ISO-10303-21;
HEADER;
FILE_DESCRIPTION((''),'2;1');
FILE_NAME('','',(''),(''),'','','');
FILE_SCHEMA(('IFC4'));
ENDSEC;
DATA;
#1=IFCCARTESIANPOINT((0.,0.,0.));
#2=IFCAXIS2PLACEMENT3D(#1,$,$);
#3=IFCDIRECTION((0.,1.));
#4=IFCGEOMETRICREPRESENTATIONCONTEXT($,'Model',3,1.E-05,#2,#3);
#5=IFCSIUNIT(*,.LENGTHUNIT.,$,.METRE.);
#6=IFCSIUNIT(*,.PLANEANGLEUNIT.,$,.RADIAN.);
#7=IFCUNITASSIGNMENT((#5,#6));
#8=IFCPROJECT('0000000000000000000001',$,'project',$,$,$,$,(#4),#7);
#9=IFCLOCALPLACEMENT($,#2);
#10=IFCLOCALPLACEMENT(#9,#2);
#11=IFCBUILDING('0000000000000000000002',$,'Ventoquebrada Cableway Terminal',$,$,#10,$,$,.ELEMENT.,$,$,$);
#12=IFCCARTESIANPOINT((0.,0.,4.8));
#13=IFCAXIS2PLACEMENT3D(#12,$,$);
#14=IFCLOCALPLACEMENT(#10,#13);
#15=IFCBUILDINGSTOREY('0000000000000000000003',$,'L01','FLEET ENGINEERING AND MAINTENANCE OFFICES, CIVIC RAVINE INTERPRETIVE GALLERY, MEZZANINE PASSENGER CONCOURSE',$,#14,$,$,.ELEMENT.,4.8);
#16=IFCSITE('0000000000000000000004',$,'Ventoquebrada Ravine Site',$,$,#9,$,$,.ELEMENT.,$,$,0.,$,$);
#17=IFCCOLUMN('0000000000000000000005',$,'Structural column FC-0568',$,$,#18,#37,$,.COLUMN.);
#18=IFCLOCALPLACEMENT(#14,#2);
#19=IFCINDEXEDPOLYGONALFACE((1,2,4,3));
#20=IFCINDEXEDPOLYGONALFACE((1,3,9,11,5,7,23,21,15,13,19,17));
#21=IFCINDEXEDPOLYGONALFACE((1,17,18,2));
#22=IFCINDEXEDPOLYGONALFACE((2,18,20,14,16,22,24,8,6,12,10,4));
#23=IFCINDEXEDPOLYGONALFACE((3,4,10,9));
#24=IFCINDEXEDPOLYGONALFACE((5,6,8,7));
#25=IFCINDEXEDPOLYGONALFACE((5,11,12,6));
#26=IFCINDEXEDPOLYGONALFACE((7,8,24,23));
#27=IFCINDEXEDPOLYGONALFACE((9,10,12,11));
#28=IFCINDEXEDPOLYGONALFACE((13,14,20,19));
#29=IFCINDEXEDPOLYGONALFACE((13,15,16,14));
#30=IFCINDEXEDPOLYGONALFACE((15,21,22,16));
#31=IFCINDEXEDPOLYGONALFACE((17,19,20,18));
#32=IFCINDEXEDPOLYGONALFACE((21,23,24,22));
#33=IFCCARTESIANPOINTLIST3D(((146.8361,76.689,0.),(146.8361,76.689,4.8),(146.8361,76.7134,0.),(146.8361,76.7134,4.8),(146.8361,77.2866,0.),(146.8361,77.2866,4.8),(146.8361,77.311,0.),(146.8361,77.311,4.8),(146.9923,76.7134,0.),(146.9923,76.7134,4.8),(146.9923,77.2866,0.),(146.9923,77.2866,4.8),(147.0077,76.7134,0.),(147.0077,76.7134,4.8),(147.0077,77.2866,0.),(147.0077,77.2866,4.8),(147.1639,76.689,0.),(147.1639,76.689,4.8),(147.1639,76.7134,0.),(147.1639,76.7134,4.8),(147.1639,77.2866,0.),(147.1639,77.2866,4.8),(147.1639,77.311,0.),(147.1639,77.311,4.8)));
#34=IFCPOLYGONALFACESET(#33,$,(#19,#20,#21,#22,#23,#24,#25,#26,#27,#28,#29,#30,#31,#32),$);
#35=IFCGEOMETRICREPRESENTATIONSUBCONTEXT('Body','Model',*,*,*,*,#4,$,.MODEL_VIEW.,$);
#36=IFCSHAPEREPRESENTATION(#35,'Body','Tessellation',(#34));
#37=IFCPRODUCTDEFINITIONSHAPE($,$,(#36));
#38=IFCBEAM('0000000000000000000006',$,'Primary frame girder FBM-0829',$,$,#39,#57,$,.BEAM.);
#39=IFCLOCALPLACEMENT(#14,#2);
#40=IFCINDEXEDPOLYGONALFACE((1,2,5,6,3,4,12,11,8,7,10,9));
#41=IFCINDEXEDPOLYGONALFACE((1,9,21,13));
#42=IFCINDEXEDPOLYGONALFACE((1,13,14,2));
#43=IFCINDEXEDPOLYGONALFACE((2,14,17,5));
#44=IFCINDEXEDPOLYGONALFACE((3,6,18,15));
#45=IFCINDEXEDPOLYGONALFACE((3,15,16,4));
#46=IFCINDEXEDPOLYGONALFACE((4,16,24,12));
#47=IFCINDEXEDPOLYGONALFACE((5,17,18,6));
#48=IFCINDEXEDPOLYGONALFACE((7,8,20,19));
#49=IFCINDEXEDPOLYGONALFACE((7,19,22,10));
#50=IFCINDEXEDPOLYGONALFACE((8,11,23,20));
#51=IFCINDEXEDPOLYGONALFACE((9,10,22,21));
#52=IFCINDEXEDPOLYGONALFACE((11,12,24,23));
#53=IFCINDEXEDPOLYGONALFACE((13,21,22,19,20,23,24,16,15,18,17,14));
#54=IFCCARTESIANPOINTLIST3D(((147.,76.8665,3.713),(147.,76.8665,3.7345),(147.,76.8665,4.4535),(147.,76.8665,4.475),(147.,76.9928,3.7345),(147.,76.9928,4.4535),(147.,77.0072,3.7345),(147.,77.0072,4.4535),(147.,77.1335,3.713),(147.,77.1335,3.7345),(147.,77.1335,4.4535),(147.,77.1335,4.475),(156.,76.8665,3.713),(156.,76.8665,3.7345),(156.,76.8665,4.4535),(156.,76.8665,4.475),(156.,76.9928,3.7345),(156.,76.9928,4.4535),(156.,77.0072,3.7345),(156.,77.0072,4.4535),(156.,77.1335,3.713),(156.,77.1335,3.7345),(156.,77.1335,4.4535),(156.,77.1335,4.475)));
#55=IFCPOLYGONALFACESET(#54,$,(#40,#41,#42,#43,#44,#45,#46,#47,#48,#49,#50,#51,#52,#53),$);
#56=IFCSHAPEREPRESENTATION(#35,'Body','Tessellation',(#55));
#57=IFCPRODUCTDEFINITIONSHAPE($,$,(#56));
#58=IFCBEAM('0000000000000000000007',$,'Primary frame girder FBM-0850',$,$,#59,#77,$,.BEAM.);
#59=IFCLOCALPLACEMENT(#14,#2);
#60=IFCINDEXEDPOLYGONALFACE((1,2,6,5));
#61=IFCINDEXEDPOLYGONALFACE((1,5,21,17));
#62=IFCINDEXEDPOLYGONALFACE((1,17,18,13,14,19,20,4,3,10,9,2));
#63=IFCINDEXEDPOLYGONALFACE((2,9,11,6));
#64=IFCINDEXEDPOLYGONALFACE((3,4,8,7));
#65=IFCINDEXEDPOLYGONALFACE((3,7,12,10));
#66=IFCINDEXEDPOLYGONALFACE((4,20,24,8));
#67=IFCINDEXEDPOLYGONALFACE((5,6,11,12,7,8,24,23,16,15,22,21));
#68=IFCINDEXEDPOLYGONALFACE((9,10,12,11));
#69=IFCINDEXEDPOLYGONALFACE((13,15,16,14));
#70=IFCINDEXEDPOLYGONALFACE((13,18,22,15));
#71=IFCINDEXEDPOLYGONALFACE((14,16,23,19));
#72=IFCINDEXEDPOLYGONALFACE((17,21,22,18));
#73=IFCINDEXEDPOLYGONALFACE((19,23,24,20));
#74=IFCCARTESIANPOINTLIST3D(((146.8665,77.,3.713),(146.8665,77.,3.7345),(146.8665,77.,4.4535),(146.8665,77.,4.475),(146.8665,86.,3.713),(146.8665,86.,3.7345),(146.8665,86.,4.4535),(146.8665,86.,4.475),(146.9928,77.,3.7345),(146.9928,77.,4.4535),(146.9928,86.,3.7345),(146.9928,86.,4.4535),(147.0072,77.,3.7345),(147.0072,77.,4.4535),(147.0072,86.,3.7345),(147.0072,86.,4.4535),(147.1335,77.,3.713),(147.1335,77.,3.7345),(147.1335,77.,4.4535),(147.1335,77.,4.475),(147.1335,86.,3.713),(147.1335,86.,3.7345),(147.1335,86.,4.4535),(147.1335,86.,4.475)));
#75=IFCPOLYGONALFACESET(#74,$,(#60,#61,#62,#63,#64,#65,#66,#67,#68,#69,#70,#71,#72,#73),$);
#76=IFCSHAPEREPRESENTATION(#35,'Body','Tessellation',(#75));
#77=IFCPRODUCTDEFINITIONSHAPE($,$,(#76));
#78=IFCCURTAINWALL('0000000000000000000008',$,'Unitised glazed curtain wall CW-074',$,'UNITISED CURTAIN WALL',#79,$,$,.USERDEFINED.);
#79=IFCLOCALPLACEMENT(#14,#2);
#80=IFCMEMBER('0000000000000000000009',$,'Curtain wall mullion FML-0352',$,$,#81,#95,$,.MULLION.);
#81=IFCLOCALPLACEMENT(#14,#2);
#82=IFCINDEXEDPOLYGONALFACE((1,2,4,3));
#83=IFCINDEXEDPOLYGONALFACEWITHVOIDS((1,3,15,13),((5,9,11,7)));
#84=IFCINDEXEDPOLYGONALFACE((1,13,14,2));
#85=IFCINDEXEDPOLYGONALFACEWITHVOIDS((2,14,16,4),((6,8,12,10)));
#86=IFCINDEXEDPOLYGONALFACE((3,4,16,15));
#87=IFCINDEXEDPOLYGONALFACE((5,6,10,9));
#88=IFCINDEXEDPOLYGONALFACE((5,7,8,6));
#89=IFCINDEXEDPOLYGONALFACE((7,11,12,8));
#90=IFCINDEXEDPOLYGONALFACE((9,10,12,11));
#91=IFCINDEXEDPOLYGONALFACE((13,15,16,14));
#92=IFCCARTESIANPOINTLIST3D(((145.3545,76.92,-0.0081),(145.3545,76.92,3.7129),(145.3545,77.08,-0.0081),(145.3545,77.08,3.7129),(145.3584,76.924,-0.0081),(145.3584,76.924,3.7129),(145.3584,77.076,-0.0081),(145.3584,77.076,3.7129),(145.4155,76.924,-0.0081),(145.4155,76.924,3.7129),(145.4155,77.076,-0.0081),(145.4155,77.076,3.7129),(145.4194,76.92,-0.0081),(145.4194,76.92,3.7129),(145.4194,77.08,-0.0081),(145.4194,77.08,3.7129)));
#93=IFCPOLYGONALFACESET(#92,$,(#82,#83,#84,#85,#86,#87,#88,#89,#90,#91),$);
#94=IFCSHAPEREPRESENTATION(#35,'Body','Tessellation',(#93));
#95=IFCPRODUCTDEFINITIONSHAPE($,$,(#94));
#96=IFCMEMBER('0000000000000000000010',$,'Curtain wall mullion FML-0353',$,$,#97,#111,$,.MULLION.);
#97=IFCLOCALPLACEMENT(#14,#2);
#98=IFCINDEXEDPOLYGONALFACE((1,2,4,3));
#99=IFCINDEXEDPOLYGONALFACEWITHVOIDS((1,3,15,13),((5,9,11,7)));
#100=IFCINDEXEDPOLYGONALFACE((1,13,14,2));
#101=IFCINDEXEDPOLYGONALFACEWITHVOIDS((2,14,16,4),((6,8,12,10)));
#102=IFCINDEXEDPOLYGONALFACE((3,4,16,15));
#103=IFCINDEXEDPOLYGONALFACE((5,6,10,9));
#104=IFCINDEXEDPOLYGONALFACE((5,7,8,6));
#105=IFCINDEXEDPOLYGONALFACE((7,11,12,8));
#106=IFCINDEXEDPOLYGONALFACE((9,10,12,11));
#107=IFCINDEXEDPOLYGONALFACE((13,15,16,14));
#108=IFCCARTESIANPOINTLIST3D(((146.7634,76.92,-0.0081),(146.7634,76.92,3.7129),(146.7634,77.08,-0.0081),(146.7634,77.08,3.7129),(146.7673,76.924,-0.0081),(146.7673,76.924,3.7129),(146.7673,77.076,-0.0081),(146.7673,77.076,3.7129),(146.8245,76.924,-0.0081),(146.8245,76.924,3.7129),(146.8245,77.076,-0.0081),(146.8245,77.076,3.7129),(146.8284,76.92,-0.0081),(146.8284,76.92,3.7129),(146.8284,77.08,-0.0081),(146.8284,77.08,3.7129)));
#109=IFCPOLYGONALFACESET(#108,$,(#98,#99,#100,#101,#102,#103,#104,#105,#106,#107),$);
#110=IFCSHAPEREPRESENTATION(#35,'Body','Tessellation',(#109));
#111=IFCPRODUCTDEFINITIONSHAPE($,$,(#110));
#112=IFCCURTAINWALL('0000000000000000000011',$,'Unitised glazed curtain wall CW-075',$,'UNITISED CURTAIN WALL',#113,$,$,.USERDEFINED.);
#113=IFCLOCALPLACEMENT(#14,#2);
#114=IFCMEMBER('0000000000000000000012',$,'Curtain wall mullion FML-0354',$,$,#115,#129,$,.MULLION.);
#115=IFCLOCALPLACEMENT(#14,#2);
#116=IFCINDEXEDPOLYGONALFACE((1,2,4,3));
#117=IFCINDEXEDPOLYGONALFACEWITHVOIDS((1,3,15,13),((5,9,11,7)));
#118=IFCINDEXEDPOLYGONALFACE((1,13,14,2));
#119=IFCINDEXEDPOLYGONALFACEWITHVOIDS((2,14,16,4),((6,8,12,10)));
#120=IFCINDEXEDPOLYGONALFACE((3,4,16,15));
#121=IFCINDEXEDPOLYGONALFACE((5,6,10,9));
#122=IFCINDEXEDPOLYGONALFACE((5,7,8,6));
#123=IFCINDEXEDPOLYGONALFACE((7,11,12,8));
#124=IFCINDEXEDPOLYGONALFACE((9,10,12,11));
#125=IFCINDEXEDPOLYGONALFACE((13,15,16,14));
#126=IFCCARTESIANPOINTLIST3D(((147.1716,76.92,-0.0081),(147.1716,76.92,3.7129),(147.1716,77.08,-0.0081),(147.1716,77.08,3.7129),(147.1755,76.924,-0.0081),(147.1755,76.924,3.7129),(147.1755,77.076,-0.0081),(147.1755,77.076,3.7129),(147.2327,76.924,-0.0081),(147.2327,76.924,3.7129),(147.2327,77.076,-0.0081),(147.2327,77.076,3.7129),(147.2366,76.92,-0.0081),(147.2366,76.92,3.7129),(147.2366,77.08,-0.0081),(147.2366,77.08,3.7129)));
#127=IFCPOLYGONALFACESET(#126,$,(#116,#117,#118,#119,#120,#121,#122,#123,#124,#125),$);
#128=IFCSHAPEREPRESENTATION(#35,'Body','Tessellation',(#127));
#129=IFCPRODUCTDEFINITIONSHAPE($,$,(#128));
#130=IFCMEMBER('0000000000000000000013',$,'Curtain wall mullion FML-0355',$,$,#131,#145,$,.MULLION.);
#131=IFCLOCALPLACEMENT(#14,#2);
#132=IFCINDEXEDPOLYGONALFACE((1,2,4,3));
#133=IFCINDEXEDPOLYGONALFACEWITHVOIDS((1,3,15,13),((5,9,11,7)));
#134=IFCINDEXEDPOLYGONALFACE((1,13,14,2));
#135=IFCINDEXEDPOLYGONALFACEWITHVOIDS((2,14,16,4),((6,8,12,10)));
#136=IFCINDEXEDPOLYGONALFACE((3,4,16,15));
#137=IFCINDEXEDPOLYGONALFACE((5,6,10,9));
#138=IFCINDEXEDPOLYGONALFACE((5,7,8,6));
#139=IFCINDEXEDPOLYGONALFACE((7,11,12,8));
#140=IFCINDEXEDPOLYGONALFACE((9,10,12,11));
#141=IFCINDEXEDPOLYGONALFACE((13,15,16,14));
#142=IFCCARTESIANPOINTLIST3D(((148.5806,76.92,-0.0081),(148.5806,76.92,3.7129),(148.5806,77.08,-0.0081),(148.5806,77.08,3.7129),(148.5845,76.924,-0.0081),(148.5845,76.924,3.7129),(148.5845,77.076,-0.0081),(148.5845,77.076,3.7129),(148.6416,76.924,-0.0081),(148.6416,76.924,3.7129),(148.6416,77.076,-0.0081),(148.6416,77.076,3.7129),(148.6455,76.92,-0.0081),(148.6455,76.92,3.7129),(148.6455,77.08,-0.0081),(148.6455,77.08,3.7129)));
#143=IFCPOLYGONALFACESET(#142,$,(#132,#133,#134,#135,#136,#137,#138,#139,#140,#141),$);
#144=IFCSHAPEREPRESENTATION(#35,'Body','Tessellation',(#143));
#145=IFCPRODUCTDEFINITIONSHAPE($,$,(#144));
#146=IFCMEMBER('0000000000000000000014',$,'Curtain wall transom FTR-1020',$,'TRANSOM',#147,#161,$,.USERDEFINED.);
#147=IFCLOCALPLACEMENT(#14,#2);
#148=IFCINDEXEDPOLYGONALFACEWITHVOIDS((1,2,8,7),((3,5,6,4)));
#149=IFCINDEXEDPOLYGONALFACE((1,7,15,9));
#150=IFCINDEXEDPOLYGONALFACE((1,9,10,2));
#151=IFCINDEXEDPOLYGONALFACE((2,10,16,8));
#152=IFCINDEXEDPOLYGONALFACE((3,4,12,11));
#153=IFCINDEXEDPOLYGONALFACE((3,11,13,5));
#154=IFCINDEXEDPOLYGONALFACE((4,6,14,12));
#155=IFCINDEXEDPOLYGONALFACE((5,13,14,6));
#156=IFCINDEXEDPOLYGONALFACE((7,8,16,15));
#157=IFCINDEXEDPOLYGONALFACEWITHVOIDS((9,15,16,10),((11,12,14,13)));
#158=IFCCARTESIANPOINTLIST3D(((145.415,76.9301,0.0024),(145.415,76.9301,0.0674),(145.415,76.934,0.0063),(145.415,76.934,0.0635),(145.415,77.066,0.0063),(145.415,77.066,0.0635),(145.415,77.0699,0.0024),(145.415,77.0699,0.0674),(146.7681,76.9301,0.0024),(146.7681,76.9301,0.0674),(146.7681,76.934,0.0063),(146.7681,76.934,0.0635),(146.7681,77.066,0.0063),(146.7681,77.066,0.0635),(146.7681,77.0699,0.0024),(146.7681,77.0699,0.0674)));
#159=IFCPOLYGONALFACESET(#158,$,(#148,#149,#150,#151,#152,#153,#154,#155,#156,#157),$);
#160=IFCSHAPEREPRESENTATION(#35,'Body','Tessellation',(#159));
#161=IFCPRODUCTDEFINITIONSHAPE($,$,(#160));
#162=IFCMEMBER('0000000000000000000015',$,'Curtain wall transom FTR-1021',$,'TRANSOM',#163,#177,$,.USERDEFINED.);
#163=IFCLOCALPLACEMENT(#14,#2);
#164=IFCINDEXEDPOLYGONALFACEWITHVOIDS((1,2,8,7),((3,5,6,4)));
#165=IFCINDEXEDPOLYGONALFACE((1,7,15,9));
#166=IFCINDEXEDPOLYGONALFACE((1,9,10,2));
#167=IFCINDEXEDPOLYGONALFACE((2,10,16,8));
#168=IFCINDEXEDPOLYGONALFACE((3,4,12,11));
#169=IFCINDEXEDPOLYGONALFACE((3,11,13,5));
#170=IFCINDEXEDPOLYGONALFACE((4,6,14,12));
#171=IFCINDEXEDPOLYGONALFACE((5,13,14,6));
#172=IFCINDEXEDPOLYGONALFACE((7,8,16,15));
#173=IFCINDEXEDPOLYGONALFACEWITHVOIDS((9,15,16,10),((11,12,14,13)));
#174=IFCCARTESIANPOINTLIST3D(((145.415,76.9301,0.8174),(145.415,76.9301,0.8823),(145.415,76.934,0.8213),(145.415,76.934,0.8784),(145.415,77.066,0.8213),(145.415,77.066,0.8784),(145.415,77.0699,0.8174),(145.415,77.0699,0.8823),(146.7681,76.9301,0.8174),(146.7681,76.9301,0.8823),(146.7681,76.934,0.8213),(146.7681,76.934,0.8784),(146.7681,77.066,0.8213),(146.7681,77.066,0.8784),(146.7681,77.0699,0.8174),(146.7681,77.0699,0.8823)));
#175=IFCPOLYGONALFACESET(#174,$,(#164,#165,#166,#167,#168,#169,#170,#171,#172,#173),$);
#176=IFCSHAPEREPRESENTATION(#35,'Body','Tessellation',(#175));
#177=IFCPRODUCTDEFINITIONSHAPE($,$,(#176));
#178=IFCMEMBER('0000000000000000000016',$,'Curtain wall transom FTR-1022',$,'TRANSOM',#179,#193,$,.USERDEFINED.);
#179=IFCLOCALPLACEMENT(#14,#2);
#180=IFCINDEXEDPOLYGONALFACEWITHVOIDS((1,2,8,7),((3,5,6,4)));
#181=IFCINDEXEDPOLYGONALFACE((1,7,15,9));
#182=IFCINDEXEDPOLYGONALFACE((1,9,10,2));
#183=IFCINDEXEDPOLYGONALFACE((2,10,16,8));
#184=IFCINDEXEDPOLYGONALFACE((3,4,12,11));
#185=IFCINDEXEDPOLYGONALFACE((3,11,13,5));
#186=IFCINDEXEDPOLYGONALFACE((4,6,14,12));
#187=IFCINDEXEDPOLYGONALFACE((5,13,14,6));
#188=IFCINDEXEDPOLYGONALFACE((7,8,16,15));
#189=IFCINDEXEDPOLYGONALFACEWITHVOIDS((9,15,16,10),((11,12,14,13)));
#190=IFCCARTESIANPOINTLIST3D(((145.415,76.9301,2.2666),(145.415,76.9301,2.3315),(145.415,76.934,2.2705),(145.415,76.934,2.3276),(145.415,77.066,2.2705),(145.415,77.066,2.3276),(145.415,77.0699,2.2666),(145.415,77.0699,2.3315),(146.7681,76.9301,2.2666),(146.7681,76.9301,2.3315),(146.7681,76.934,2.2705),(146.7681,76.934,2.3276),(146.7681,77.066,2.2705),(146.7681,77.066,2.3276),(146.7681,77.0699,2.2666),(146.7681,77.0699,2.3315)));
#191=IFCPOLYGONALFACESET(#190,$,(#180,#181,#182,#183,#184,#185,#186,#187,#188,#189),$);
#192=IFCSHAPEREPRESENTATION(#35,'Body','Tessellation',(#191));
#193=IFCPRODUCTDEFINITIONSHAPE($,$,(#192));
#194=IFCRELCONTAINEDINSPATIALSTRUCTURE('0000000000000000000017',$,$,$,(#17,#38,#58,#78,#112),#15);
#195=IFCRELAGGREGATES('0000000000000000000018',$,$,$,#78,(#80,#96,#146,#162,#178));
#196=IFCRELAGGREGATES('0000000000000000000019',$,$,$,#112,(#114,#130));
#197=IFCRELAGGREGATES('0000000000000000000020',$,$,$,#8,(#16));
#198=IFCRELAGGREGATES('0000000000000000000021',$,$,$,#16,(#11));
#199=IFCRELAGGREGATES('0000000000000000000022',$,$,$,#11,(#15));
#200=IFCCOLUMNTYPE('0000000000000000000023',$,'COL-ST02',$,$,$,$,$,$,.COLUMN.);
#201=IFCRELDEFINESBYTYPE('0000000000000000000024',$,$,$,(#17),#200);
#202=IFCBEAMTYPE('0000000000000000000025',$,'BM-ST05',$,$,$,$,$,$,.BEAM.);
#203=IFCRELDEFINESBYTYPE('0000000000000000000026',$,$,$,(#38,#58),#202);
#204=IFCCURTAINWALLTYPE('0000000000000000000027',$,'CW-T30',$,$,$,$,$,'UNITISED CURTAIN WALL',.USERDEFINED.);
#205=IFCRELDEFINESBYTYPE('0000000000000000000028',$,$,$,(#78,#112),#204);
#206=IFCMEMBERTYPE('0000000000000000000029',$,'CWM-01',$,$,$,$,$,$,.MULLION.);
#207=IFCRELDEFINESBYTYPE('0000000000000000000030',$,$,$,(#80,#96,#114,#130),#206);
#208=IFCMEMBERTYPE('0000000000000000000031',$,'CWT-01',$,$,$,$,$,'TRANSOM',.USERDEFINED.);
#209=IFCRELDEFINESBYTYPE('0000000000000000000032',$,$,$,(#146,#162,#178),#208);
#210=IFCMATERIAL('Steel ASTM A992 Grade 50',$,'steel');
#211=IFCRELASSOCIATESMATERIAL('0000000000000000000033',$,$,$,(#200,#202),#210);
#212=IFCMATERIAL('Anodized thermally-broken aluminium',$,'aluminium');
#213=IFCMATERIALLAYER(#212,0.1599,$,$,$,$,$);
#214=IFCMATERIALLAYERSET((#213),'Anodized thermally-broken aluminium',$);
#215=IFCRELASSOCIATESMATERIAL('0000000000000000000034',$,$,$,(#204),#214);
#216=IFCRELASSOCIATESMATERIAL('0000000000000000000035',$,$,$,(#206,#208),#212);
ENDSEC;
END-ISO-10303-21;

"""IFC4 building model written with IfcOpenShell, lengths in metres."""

from ifc_helpers import new_model, si_unit, direction, frame, origin, origin_2d, place, context, subcontext, project, spatial, hollow_rectangle, i_section, extrude, material, layer, layer_set, material_profile, profile_set, type_object, element, aggregate, save


model = new_model("IFC4")

# Units and contexts
model_context = context("Model", 3, precision=1e-05, world=origin(), true_north=direction((0.0, 1.0)))
body_context = subcontext(model_context, "Body", "Model", "MODEL_VIEW")
ifc_project = project(units=[si_unit("LENGTHUNIT", "METRE"), si_unit("PLANEANGLEUNIT", "RADIAN")], contexts=[model_context])

# Site, building, storey
site_placement = place(None, origin())
site = spatial("IfcSite", under=ifc_project, at=site_placement, Name="Ventoquebrada Ravine Site", CompositionType="ELEMENT", RefElevation=0.0)
building_placement = place(site_placement, origin())
building = spatial("IfcBuilding", under=site, at=building_placement, Name="Ventoquebrada Cableway Terminal", CompositionType="ELEMENT")
storey_placement = place(building_placement, frame((0.0, 0.0, 4.8)))
storey = spatial("IfcBuildingStorey", under=building, at=storey_placement, Name="L01", Description="FLEET ENGINEERING AND MAINTENANCE OFFICES, CIVIC RAVINE INTERPRETIVE GALLERY, MEZZANINE PASSENGER CONCOURSE", CompositionType="ELEMENT", Elevation=4.8)

# Column
ifc_material_1 = material(Name="Steel ASTM A992 Grade 50", Category="steel")
ifc_material_profile_1 = material_profile(ifc_material_1, i_section(OverallWidth=0.3279, OverallDepth=0.6221, WebThickness=0.0154, FlangeThickness=0.0244, at=origin_2d()), Name="W24X131")
ifc_profile_set_1 = profile_set([ifc_material_profile_1], Name="Steel ASTM A992 Grade 50")
column_type = type_object("IfcColumnType", Name="COL-ST02", PredefinedType="COLUMN", material=ifc_profile_set_1)
column_placement = place(storey_placement, frame((147.0, 77.0, 0.0), z_axis=(0.0, 0.0, 1.0), x_axis=(1.0, 0.0, 0.0)))
element("IfcColumn", 1, at=column_placement, inside=storey, type_object=column_type, Name="Structural column FC-0568", PredefinedType="COLUMN", context=body_context, shape_type="SweptSolid", body=[
    extrude(i_section(OverallWidth=0.3279, OverallDepth=0.6221, WebThickness=0.0154, FlangeThickness=0.0244, at=origin_2d()), origin(), (0.0, 0.0, 1.0), 4.8),
])

# Beams
ifc_material_profile_2 = material_profile(ifc_material_1, i_section(OverallWidth=0.2671, OverallDepth=0.762, WebThickness=0.0144, FlangeThickness=0.0215, at=origin_2d()), Name="W30X116")
ifc_profile_set_2 = profile_set([ifc_material_profile_2], Name="Steel ASTM A992 Grade 50")
beam_type = type_object("IfcBeamType", Name="BM-ST05", PredefinedType="BEAM", material=ifc_profile_set_2)
for number, where, z_axis, x_axis, name in (
    (2, (147.0, 77.0, 4.094), (1.0, 0.0, 0.0), (0.0, 1.0, 0.0), "Primary frame girder FBM-0829"),
    (3, (147.0, 77.0, 4.094), (0.0, 1.0, 0.0), (-1.0, 0.0, 0.0), "Primary frame girder FBM-0850"),
):
    element("IfcBeam", number, at=place(storey_placement, frame(where, z_axis=z_axis, x_axis=x_axis)), inside=storey, type_object=beam_type, Name=name, PredefinedType="BEAM", context=body_context, shape_type="SweptSolid", body=[
        extrude(i_section(OverallWidth=0.2671, OverallDepth=0.762, WebThickness=0.0144, FlangeThickness=0.0215, at=origin_2d()), origin(), (0.0, 0.0, 1.0), 9.0),
    ])

# Curtain walls, members
ifc_material_2 = material(Name="Anodized thermally-broken aluminium", Category="aluminium")
ifc_layer_1 = layer(ifc_material_2, 0.1599)
ifc_layer_set_1 = layer_set([ifc_layer_1], Name="Anodized thermally-broken aluminium")
curtain_wall_type = type_object("IfcCurtainWallType", Name="CW-T30", ElementType="UNITISED CURTAIN WALL", PredefinedType="USERDEFINED", material=ifc_layer_set_1)
curtain_wall_1_placement = place(storey_placement, origin())
curtain_wall_1 = element("IfcCurtainWall", 4, at=curtain_wall_1_placement, inside=storey, type_object=curtain_wall_type, Name="Unitised glazed curtain wall CW-074", ObjectType="UNITISED CURTAIN WALL", PredefinedType="USERDEFINED")
ifc_material_profile_3 = material_profile(ifc_material_2, hollow_rectangle(XDim=0.0649, YDim=0.1599, WallThickness=0.0039, at=origin_2d()), Name="CW-MUL-65X160")
ifc_profile_set_3 = profile_set([ifc_material_profile_3], Name="Anodized thermally-broken aluminium")
member_type_1 = type_object("IfcMemberType", Name="CWM-01", PredefinedType="MULLION", material=ifc_profile_set_3)
member_1_placement = place(storey_placement, frame((145.387, 77.0, -0.0081), z_axis=(0.0, 0.0, 1.0), x_axis=(1.0, 0.0, 0.0)))
member_1 = element("IfcMember", 5, at=member_1_placement, type_object=member_type_1, Name="Curtain wall mullion FML-0352", PredefinedType="MULLION", context=body_context, shape_type="SweptSolid", body=[
    extrude(hollow_rectangle(XDim=0.0649, YDim=0.1599, WallThickness=0.0039, at=origin_2d()), origin(), (0.0, 0.0, 1.0), 3.7209),
])
member_2_placement = place(storey_placement, frame((146.7959, 77.0, -0.0081), z_axis=(0.0, 0.0, 1.0), x_axis=(1.0, 0.0, 0.0)))
member_2 = element("IfcMember", 6, at=member_2_placement, type_object=member_type_1, Name="Curtain wall mullion FML-0353", PredefinedType="MULLION", context=body_context, shape_type="SweptSolid", body=[
    extrude(hollow_rectangle(XDim=0.0649, YDim=0.1599, WallThickness=0.0039, at=origin_2d()), origin(), (0.0, 0.0, 1.0), 3.7209),
])
curtain_wall_2_placement = place(storey_placement, origin())
curtain_wall_2 = element("IfcCurtainWall", 7, at=curtain_wall_2_placement, inside=storey, type_object=curtain_wall_type, Name="Unitised glazed curtain wall CW-075", ObjectType="UNITISED CURTAIN WALL", PredefinedType="USERDEFINED")
member_3_placement = place(storey_placement, frame((147.2041, 77.0, -0.0081), z_axis=(0.0, 0.0, 1.0), x_axis=(1.0, 0.0, 0.0)))
member_3 = element("IfcMember", 8, at=member_3_placement, type_object=member_type_1, Name="Curtain wall mullion FML-0354", PredefinedType="MULLION", context=body_context, shape_type="SweptSolid", body=[
    extrude(hollow_rectangle(XDim=0.0649, YDim=0.1599, WallThickness=0.0039, at=origin_2d()), origin(), (0.0, 0.0, 1.0), 3.7209),
])
member_4_placement = place(storey_placement, frame((148.613, 77.0, -0.0081), z_axis=(0.0, 0.0, 1.0), x_axis=(1.0, 0.0, 0.0)))
member_4 = element("IfcMember", 9, at=member_4_placement, type_object=member_type_1, Name="Curtain wall mullion FML-0355", PredefinedType="MULLION", context=body_context, shape_type="SweptSolid", body=[
    extrude(hollow_rectangle(XDim=0.0649, YDim=0.1599, WallThickness=0.0039, at=origin_2d()), origin(), (0.0, 0.0, 1.0), 3.7209),
])

# Members
ifc_material_profile_4 = material_profile(ifc_material_2, hollow_rectangle(XDim=0.0649, YDim=0.1399, WallThickness=0.0039, at=origin_2d()), Name="CW-TRN-65X140")
ifc_profile_set_4 = profile_set([ifc_material_profile_4], Name="Anodized thermally-broken aluminium")
member_type_2 = type_object("IfcMemberType", Name="CWT-01", ElementType="TRANSOM", PredefinedType="USERDEFINED", material=ifc_profile_set_4)
member_5_placement = place(storey_placement, frame((145.415, 77.0, 0.0349), z_axis=(1.0, 0.0, 0.0), x_axis=(0.0, 0.0, 1.0)))
member_5 = element("IfcMember", 10, at=member_5_placement, type_object=member_type_2, Name="Curtain wall transom FTR-1020", ObjectType="TRANSOM", PredefinedType="USERDEFINED", context=body_context, shape_type="SweptSolid", body=[
    extrude(hollow_rectangle(XDim=0.0649, YDim=0.1399, WallThickness=0.0039, at=origin_2d()), origin(), (0.0, 0.0, 1.0), 1.353),
])
member_6_placement = place(storey_placement, frame((145.415, 77.0, 0.8499), z_axis=(1.0, 0.0, 0.0), x_axis=(0.0, 0.0, 1.0)))
member_6 = element("IfcMember", 11, at=member_6_placement, type_object=member_type_2, Name="Curtain wall transom FTR-1021", ObjectType="TRANSOM", PredefinedType="USERDEFINED", context=body_context, shape_type="SweptSolid", body=[
    extrude(hollow_rectangle(XDim=0.0649, YDim=0.1399, WallThickness=0.0039, at=origin_2d()), origin(), (0.0, 0.0, 1.0), 1.353),
])
member_7_placement = place(storey_placement, frame((145.415, 77.0, 2.2991), z_axis=(1.0, 0.0, 0.0), x_axis=(0.0, 0.0, 1.0)))
member_7 = element("IfcMember", 12, at=member_7_placement, type_object=member_type_2, Name="Curtain wall transom FTR-1022", ObjectType="TRANSOM", PredefinedType="USERDEFINED", context=body_context, shape_type="SweptSolid", body=[
    extrude(hollow_rectangle(XDim=0.0649, YDim=0.1399, WallThickness=0.0039, at=origin_2d()), origin(), (0.0, 0.0, 1.0), 1.353),
])

aggregate(curtain_wall_1, [member_1, member_2, member_5, member_6, member_7])
aggregate(curtain_wall_2, [member_3, member_4])

save(model, "model.ifc")
